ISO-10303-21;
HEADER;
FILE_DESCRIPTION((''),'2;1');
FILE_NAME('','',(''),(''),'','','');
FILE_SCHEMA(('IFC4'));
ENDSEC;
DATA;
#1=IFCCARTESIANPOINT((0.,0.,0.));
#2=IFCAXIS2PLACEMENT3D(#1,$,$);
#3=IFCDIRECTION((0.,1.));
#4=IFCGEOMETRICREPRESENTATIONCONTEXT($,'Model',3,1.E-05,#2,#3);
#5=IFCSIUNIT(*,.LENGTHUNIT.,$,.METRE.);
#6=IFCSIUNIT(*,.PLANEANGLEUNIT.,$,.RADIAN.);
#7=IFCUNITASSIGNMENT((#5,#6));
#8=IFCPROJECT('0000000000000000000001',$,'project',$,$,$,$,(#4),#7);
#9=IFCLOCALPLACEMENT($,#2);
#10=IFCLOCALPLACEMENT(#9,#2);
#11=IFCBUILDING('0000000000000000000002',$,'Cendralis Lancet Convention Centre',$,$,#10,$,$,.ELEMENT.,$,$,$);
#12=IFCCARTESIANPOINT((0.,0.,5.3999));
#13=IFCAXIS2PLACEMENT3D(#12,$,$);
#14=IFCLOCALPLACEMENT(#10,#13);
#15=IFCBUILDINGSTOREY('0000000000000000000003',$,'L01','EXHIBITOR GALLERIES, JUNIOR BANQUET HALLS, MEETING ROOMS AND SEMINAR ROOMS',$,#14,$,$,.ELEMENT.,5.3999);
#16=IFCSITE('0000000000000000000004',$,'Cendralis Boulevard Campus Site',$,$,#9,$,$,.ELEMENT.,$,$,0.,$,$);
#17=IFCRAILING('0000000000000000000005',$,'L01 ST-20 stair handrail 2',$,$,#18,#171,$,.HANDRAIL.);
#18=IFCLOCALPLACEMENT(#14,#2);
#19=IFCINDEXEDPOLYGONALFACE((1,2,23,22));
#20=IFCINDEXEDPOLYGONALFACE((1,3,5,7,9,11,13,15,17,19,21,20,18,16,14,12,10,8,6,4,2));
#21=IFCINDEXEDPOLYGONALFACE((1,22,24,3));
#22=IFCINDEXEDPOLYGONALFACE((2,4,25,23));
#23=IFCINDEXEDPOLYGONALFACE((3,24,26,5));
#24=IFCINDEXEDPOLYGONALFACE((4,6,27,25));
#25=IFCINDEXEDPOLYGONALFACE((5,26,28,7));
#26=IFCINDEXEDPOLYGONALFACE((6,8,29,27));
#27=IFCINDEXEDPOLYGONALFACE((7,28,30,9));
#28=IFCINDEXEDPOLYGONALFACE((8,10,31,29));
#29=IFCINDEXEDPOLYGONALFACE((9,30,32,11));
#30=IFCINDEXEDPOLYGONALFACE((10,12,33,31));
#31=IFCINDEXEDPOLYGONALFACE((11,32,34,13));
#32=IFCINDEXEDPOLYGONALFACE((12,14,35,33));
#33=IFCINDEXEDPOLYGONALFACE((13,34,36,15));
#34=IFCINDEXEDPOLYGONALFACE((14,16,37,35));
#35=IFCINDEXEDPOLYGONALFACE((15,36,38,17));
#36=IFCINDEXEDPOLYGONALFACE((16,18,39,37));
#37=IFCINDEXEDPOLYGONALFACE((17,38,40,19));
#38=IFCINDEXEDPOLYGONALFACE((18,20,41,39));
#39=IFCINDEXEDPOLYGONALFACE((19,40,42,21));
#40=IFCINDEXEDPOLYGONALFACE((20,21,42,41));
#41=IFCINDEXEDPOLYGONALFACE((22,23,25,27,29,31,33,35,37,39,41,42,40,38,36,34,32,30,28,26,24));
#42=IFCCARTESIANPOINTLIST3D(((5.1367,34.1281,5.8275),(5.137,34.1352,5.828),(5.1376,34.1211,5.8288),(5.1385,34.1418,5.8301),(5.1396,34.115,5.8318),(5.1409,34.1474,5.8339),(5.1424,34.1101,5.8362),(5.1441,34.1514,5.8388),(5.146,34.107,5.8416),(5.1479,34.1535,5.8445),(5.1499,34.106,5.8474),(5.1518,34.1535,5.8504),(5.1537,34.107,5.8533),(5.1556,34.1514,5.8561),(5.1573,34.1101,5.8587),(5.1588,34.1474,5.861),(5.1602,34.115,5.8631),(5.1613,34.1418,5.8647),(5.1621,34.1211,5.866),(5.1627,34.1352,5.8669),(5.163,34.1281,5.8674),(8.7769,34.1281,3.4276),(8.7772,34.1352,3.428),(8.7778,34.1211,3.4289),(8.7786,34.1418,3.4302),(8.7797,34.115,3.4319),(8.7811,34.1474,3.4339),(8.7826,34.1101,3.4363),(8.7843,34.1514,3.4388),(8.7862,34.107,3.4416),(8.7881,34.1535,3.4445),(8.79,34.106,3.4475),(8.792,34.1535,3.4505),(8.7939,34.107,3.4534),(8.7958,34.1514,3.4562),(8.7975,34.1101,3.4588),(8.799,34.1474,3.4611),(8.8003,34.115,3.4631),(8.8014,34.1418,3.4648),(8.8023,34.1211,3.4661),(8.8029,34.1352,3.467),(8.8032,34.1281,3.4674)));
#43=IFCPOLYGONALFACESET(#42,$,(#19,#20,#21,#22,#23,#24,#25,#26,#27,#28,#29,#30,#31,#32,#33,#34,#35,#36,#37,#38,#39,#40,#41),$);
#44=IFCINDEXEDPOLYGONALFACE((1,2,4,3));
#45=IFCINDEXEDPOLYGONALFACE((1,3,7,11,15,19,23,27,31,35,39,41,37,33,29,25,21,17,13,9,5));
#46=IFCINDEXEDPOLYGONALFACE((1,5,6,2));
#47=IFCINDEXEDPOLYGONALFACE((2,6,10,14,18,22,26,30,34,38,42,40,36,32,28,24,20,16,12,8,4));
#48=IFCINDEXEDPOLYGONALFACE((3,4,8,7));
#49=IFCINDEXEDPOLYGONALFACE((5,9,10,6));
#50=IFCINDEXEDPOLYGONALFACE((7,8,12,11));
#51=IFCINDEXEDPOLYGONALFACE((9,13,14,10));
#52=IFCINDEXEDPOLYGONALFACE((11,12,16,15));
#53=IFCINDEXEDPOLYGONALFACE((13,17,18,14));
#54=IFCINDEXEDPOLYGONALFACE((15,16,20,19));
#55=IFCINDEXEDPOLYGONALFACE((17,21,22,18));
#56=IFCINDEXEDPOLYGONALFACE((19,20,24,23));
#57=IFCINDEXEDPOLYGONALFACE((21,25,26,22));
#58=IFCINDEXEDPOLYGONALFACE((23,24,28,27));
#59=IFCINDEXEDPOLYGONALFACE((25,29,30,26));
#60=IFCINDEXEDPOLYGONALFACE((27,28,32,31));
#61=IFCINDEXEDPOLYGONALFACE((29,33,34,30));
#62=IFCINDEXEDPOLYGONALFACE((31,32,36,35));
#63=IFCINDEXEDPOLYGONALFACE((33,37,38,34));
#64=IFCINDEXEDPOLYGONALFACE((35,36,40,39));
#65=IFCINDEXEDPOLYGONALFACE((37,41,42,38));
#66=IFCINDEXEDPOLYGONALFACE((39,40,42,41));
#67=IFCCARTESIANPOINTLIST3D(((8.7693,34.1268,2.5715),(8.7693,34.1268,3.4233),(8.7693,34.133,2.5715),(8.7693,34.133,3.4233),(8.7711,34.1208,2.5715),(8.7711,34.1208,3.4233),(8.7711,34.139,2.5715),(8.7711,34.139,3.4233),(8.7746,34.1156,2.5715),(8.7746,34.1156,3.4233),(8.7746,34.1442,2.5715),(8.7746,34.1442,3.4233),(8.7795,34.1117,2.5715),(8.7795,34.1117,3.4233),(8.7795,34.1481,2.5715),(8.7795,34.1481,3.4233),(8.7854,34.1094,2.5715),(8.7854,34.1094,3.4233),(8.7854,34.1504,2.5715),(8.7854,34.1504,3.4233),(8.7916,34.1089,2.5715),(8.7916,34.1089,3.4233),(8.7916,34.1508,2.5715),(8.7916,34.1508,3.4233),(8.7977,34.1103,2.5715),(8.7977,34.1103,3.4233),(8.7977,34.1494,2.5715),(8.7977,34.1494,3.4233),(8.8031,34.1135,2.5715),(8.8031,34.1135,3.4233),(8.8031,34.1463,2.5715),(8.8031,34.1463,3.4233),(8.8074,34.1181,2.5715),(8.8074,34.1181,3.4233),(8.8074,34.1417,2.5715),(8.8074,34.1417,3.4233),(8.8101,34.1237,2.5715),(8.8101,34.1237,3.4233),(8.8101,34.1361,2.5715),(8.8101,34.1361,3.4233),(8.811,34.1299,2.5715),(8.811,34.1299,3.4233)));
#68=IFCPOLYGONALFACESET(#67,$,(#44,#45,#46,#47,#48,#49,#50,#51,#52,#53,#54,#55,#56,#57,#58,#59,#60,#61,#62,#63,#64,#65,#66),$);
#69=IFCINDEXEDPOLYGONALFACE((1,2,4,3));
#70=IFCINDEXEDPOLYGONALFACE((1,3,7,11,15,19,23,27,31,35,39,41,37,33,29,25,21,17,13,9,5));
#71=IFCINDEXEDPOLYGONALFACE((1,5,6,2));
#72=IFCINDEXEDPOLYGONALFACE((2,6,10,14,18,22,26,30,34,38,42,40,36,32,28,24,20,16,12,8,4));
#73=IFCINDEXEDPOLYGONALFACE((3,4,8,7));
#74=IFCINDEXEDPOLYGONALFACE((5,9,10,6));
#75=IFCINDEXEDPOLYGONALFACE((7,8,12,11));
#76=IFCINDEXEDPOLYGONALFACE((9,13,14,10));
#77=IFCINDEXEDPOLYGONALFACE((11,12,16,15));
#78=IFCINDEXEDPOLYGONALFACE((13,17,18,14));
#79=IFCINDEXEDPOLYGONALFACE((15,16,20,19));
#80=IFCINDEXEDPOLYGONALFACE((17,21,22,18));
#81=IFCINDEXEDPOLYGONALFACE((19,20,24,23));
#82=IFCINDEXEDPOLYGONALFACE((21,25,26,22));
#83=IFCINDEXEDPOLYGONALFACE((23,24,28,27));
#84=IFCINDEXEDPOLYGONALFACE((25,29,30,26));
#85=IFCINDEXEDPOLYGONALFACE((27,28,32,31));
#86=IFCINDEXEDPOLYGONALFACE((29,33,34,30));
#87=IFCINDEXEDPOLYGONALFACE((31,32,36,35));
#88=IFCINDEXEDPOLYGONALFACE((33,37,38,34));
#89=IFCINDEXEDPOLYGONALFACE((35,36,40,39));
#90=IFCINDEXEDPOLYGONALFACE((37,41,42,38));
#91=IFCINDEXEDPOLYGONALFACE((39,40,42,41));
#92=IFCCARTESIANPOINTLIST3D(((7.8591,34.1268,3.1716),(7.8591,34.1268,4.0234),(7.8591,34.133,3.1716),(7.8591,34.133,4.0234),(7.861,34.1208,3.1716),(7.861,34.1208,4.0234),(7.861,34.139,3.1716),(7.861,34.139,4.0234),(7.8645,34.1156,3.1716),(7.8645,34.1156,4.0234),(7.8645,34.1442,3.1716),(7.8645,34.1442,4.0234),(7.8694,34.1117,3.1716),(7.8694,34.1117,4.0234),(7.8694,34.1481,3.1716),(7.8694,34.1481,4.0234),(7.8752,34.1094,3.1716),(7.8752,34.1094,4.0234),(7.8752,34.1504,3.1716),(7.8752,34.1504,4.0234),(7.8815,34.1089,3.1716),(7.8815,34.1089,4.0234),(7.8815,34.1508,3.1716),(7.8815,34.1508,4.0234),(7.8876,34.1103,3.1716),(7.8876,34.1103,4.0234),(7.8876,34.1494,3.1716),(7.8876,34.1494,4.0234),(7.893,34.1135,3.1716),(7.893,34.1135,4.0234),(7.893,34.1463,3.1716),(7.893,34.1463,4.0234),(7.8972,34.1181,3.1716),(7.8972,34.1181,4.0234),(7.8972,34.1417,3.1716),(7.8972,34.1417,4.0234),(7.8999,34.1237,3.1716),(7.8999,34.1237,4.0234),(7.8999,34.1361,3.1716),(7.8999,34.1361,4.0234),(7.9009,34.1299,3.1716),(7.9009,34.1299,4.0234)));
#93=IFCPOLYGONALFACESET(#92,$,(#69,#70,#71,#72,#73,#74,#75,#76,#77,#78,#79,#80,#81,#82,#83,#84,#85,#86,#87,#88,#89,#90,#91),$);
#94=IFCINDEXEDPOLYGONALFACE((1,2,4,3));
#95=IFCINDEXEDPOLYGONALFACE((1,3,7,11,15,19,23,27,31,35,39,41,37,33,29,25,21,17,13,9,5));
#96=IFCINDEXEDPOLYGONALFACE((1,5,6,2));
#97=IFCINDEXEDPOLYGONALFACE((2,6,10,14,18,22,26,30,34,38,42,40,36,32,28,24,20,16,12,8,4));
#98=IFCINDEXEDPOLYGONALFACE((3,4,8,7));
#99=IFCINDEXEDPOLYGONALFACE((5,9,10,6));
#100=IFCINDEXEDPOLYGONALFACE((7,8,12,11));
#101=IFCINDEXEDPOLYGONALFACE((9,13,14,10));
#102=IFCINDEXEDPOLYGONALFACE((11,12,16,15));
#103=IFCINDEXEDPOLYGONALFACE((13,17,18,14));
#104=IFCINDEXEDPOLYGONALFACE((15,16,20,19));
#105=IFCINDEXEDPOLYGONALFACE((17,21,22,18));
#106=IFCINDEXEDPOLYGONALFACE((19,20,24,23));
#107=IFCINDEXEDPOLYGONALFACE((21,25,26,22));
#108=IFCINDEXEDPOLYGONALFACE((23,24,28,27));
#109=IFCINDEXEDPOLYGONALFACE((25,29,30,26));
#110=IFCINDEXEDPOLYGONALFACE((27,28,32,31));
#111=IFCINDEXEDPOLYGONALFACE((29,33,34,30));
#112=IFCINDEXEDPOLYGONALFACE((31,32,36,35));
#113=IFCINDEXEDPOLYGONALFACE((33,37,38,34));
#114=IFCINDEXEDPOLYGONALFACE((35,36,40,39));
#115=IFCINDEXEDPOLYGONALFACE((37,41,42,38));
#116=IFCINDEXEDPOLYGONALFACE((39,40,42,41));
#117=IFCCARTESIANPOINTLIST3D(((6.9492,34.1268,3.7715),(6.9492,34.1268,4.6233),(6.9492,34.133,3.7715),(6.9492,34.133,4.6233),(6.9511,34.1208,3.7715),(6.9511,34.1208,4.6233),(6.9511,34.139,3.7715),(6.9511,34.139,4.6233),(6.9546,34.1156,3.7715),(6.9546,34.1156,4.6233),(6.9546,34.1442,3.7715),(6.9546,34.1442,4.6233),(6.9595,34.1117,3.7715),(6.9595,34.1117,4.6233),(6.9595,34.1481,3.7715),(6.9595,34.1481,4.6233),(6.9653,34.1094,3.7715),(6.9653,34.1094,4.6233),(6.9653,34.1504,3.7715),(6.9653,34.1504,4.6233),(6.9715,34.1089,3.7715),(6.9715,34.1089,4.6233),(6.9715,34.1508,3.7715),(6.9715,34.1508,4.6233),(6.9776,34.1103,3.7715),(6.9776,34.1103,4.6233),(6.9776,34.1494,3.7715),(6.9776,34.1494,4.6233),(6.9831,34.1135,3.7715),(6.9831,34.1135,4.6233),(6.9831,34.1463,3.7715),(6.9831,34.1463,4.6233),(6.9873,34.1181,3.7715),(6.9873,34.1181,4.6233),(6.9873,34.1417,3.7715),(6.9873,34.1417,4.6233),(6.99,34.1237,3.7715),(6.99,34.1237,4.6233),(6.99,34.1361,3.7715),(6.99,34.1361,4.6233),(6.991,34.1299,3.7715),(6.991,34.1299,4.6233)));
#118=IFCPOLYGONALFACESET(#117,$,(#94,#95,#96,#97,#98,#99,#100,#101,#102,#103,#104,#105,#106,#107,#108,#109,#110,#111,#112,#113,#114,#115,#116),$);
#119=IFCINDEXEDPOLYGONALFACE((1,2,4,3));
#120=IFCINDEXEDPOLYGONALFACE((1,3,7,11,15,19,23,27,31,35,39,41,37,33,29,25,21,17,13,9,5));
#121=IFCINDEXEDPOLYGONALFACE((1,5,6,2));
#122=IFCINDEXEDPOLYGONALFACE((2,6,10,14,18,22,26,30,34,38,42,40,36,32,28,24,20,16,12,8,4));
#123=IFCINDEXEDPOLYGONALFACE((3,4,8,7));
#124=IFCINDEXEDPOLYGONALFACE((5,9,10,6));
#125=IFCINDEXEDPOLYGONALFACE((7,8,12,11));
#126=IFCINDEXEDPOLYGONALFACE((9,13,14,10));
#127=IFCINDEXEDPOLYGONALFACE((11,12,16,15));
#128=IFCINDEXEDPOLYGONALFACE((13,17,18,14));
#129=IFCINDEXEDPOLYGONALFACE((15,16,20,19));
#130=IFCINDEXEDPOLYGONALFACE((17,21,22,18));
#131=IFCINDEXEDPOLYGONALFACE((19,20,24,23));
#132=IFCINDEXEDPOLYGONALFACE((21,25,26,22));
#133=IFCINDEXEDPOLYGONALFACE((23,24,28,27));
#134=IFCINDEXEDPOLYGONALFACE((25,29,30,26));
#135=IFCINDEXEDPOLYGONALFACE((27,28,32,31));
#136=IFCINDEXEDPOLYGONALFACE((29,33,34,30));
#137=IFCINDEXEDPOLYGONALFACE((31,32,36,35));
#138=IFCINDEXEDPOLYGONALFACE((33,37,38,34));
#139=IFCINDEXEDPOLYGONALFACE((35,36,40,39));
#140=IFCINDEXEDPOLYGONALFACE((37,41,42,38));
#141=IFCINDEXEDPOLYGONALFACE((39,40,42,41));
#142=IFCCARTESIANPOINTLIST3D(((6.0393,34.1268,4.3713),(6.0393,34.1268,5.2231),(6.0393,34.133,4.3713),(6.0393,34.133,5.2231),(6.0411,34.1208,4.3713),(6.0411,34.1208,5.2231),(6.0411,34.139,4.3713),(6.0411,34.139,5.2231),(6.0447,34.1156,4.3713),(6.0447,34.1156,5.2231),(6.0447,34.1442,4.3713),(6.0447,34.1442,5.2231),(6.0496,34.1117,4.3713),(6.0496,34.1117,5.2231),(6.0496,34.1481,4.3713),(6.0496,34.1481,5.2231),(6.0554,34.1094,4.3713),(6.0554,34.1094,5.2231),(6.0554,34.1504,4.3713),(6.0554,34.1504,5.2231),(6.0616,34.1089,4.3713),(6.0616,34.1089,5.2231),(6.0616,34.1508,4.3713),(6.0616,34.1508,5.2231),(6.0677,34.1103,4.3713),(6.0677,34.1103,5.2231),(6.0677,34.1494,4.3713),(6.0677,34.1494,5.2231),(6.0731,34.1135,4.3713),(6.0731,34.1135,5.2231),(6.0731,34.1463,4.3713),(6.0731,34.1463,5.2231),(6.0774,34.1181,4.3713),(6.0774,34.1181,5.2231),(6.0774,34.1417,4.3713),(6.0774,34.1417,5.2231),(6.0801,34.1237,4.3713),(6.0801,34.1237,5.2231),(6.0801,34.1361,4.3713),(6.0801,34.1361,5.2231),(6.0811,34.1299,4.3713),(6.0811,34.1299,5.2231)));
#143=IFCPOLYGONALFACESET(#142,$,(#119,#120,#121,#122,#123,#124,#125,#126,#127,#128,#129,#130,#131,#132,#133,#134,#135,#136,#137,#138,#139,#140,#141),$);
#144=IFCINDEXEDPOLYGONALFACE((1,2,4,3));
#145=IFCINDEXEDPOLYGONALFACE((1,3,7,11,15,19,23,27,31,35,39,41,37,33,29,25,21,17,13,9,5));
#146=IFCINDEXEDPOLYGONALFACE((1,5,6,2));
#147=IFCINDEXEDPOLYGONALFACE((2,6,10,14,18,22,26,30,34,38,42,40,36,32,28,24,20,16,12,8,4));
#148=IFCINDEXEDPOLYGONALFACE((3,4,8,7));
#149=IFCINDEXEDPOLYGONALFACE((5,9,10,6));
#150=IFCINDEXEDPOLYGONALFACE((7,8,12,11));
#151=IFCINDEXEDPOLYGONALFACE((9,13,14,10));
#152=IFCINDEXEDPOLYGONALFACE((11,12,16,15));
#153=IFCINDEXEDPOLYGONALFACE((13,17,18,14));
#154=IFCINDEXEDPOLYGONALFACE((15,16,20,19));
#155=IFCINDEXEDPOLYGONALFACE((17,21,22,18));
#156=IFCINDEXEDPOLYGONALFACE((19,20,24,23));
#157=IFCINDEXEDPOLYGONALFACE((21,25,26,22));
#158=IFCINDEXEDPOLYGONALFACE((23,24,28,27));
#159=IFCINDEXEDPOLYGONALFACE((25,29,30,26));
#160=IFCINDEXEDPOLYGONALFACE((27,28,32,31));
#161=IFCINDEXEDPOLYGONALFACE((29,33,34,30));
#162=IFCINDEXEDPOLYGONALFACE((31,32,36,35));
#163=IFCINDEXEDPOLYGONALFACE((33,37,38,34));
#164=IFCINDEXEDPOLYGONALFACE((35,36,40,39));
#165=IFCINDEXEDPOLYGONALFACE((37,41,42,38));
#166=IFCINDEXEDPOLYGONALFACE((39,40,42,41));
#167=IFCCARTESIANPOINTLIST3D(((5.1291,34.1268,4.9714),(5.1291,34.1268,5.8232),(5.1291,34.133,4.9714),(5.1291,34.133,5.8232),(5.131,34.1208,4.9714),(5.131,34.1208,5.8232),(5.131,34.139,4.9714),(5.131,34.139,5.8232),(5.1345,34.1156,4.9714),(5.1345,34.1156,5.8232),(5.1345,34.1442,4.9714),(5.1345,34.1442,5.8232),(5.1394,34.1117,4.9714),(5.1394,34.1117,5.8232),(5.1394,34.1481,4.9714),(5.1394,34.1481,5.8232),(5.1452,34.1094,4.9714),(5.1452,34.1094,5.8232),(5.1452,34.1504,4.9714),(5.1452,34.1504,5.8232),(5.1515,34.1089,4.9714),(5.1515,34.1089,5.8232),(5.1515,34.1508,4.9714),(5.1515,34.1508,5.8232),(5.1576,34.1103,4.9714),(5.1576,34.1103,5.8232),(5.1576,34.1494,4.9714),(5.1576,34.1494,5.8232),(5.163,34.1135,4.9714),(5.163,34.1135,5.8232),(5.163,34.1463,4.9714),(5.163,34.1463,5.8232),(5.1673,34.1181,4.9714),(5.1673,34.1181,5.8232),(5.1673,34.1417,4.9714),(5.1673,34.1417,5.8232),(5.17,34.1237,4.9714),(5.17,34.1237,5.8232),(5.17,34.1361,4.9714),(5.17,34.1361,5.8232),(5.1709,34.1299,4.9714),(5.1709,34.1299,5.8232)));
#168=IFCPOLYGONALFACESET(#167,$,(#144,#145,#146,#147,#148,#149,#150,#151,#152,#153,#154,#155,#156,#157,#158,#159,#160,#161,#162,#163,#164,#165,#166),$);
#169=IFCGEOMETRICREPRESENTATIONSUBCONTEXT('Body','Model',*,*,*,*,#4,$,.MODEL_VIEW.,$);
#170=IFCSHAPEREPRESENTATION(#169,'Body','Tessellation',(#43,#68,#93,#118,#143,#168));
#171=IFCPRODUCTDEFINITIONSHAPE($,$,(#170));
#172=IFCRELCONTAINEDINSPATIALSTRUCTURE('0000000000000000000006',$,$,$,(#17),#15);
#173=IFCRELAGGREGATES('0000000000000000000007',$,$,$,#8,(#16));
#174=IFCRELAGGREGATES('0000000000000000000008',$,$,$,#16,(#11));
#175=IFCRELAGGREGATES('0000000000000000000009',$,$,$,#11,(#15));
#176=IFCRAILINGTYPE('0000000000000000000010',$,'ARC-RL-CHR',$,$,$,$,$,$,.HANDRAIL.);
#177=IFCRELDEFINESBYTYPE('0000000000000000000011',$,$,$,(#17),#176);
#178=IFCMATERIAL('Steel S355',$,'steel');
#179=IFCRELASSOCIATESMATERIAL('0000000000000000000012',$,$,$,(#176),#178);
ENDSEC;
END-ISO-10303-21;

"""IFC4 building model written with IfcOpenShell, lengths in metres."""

from ifc_helpers import new_model, si_unit, direction, frame, origin, origin_2d, place, context, subcontext, project, spatial, circle, extrude, material, type_object, element, save


model = new_model("IFC4")

# Units and contexts
model_context = context("Model", 3, precision=1e-05, world=origin(), true_north=direction((0.0, 1.0)))
body_context = subcontext(model_context, "Body", "Model", "MODEL_VIEW")
ifc_project = project(units=[si_unit("LENGTHUNIT", "METRE"), si_unit("PLANEANGLEUNIT", "RADIAN")], contexts=[model_context])

# Site, building, storey
site_placement = place(None, origin())
site = spatial("IfcSite", under=ifc_project, at=site_placement, Name="Cendralis Boulevard Campus Site", CompositionType="ELEMENT", RefElevation=0.0)
building_placement = place(site_placement, origin())
building = spatial("IfcBuilding", under=site, at=building_placement, Name="Cendralis Lancet Convention Centre", CompositionType="ELEMENT")
storey_placement = place(building_placement, frame((0.0, 0.0, 5.3999)))
storey = spatial("IfcBuildingStorey", under=building, at=storey_placement, Name="L01", Description="EXHIBITOR GALLERIES, JUNIOR BANQUET HALLS, MEETING ROOMS AND SEMINAR ROOMS", CompositionType="ELEMENT", Elevation=5.3999)

# Shared definitions
ifc_material_1 = material(Name="Steel S355", Category="steel")

# Railing
railing_type_1 = type_object("IfcRailingType", Name="ARC-RL-CHR", PredefinedType="HANDRAIL", material=ifc_material_1)
railing_1_placement = place(storey_placement, frame((8.79, 34.1299, 2.5715)))
element("IfcRailing", 1, at=railing_1_placement, inside=storey, type_object=railing_type_1, Name="L01 ST-20 stair handrail 2", PredefinedType="HANDRAIL", context=body_context, shape_type="SweptSolid", body=[
    extrude(circle(Radius=0.0239, at=origin_2d()), frame((0.0, 0.0, 0.876), z_axis=(-0.834882, 0.0, 0.550429), x_axis=(0.0, -1.0, 0.0)), (0.0, 0.0, 1.0), 4.3601),
    extrude(circle(Radius=0.021, at=origin_2d()), origin(), (0.0, 0.0, 1.0), 0.8518),
    extrude(circle(Radius=0.021, at=origin_2d()), frame((-0.9102, 0.0, 0.6001)), (0.0, 0.0, 1.0), 0.8518),
    extrude(circle(Radius=0.021, at=origin_2d()), frame((-1.8201, 0.0, 1.2)), (0.0, 0.0, 1.0), 0.8518),
    extrude(circle(Radius=0.021, at=origin_2d()), frame((-2.73, 0.0, 1.7998)), (0.0, 0.0, 1.0), 0.8518),
    extrude(circle(Radius=0.021, at=origin_2d()), frame((-3.6401, 0.0, 2.3999)), (0.0, 0.0, 1.0), 0.8518),
])

save(model, "model.ifc")
